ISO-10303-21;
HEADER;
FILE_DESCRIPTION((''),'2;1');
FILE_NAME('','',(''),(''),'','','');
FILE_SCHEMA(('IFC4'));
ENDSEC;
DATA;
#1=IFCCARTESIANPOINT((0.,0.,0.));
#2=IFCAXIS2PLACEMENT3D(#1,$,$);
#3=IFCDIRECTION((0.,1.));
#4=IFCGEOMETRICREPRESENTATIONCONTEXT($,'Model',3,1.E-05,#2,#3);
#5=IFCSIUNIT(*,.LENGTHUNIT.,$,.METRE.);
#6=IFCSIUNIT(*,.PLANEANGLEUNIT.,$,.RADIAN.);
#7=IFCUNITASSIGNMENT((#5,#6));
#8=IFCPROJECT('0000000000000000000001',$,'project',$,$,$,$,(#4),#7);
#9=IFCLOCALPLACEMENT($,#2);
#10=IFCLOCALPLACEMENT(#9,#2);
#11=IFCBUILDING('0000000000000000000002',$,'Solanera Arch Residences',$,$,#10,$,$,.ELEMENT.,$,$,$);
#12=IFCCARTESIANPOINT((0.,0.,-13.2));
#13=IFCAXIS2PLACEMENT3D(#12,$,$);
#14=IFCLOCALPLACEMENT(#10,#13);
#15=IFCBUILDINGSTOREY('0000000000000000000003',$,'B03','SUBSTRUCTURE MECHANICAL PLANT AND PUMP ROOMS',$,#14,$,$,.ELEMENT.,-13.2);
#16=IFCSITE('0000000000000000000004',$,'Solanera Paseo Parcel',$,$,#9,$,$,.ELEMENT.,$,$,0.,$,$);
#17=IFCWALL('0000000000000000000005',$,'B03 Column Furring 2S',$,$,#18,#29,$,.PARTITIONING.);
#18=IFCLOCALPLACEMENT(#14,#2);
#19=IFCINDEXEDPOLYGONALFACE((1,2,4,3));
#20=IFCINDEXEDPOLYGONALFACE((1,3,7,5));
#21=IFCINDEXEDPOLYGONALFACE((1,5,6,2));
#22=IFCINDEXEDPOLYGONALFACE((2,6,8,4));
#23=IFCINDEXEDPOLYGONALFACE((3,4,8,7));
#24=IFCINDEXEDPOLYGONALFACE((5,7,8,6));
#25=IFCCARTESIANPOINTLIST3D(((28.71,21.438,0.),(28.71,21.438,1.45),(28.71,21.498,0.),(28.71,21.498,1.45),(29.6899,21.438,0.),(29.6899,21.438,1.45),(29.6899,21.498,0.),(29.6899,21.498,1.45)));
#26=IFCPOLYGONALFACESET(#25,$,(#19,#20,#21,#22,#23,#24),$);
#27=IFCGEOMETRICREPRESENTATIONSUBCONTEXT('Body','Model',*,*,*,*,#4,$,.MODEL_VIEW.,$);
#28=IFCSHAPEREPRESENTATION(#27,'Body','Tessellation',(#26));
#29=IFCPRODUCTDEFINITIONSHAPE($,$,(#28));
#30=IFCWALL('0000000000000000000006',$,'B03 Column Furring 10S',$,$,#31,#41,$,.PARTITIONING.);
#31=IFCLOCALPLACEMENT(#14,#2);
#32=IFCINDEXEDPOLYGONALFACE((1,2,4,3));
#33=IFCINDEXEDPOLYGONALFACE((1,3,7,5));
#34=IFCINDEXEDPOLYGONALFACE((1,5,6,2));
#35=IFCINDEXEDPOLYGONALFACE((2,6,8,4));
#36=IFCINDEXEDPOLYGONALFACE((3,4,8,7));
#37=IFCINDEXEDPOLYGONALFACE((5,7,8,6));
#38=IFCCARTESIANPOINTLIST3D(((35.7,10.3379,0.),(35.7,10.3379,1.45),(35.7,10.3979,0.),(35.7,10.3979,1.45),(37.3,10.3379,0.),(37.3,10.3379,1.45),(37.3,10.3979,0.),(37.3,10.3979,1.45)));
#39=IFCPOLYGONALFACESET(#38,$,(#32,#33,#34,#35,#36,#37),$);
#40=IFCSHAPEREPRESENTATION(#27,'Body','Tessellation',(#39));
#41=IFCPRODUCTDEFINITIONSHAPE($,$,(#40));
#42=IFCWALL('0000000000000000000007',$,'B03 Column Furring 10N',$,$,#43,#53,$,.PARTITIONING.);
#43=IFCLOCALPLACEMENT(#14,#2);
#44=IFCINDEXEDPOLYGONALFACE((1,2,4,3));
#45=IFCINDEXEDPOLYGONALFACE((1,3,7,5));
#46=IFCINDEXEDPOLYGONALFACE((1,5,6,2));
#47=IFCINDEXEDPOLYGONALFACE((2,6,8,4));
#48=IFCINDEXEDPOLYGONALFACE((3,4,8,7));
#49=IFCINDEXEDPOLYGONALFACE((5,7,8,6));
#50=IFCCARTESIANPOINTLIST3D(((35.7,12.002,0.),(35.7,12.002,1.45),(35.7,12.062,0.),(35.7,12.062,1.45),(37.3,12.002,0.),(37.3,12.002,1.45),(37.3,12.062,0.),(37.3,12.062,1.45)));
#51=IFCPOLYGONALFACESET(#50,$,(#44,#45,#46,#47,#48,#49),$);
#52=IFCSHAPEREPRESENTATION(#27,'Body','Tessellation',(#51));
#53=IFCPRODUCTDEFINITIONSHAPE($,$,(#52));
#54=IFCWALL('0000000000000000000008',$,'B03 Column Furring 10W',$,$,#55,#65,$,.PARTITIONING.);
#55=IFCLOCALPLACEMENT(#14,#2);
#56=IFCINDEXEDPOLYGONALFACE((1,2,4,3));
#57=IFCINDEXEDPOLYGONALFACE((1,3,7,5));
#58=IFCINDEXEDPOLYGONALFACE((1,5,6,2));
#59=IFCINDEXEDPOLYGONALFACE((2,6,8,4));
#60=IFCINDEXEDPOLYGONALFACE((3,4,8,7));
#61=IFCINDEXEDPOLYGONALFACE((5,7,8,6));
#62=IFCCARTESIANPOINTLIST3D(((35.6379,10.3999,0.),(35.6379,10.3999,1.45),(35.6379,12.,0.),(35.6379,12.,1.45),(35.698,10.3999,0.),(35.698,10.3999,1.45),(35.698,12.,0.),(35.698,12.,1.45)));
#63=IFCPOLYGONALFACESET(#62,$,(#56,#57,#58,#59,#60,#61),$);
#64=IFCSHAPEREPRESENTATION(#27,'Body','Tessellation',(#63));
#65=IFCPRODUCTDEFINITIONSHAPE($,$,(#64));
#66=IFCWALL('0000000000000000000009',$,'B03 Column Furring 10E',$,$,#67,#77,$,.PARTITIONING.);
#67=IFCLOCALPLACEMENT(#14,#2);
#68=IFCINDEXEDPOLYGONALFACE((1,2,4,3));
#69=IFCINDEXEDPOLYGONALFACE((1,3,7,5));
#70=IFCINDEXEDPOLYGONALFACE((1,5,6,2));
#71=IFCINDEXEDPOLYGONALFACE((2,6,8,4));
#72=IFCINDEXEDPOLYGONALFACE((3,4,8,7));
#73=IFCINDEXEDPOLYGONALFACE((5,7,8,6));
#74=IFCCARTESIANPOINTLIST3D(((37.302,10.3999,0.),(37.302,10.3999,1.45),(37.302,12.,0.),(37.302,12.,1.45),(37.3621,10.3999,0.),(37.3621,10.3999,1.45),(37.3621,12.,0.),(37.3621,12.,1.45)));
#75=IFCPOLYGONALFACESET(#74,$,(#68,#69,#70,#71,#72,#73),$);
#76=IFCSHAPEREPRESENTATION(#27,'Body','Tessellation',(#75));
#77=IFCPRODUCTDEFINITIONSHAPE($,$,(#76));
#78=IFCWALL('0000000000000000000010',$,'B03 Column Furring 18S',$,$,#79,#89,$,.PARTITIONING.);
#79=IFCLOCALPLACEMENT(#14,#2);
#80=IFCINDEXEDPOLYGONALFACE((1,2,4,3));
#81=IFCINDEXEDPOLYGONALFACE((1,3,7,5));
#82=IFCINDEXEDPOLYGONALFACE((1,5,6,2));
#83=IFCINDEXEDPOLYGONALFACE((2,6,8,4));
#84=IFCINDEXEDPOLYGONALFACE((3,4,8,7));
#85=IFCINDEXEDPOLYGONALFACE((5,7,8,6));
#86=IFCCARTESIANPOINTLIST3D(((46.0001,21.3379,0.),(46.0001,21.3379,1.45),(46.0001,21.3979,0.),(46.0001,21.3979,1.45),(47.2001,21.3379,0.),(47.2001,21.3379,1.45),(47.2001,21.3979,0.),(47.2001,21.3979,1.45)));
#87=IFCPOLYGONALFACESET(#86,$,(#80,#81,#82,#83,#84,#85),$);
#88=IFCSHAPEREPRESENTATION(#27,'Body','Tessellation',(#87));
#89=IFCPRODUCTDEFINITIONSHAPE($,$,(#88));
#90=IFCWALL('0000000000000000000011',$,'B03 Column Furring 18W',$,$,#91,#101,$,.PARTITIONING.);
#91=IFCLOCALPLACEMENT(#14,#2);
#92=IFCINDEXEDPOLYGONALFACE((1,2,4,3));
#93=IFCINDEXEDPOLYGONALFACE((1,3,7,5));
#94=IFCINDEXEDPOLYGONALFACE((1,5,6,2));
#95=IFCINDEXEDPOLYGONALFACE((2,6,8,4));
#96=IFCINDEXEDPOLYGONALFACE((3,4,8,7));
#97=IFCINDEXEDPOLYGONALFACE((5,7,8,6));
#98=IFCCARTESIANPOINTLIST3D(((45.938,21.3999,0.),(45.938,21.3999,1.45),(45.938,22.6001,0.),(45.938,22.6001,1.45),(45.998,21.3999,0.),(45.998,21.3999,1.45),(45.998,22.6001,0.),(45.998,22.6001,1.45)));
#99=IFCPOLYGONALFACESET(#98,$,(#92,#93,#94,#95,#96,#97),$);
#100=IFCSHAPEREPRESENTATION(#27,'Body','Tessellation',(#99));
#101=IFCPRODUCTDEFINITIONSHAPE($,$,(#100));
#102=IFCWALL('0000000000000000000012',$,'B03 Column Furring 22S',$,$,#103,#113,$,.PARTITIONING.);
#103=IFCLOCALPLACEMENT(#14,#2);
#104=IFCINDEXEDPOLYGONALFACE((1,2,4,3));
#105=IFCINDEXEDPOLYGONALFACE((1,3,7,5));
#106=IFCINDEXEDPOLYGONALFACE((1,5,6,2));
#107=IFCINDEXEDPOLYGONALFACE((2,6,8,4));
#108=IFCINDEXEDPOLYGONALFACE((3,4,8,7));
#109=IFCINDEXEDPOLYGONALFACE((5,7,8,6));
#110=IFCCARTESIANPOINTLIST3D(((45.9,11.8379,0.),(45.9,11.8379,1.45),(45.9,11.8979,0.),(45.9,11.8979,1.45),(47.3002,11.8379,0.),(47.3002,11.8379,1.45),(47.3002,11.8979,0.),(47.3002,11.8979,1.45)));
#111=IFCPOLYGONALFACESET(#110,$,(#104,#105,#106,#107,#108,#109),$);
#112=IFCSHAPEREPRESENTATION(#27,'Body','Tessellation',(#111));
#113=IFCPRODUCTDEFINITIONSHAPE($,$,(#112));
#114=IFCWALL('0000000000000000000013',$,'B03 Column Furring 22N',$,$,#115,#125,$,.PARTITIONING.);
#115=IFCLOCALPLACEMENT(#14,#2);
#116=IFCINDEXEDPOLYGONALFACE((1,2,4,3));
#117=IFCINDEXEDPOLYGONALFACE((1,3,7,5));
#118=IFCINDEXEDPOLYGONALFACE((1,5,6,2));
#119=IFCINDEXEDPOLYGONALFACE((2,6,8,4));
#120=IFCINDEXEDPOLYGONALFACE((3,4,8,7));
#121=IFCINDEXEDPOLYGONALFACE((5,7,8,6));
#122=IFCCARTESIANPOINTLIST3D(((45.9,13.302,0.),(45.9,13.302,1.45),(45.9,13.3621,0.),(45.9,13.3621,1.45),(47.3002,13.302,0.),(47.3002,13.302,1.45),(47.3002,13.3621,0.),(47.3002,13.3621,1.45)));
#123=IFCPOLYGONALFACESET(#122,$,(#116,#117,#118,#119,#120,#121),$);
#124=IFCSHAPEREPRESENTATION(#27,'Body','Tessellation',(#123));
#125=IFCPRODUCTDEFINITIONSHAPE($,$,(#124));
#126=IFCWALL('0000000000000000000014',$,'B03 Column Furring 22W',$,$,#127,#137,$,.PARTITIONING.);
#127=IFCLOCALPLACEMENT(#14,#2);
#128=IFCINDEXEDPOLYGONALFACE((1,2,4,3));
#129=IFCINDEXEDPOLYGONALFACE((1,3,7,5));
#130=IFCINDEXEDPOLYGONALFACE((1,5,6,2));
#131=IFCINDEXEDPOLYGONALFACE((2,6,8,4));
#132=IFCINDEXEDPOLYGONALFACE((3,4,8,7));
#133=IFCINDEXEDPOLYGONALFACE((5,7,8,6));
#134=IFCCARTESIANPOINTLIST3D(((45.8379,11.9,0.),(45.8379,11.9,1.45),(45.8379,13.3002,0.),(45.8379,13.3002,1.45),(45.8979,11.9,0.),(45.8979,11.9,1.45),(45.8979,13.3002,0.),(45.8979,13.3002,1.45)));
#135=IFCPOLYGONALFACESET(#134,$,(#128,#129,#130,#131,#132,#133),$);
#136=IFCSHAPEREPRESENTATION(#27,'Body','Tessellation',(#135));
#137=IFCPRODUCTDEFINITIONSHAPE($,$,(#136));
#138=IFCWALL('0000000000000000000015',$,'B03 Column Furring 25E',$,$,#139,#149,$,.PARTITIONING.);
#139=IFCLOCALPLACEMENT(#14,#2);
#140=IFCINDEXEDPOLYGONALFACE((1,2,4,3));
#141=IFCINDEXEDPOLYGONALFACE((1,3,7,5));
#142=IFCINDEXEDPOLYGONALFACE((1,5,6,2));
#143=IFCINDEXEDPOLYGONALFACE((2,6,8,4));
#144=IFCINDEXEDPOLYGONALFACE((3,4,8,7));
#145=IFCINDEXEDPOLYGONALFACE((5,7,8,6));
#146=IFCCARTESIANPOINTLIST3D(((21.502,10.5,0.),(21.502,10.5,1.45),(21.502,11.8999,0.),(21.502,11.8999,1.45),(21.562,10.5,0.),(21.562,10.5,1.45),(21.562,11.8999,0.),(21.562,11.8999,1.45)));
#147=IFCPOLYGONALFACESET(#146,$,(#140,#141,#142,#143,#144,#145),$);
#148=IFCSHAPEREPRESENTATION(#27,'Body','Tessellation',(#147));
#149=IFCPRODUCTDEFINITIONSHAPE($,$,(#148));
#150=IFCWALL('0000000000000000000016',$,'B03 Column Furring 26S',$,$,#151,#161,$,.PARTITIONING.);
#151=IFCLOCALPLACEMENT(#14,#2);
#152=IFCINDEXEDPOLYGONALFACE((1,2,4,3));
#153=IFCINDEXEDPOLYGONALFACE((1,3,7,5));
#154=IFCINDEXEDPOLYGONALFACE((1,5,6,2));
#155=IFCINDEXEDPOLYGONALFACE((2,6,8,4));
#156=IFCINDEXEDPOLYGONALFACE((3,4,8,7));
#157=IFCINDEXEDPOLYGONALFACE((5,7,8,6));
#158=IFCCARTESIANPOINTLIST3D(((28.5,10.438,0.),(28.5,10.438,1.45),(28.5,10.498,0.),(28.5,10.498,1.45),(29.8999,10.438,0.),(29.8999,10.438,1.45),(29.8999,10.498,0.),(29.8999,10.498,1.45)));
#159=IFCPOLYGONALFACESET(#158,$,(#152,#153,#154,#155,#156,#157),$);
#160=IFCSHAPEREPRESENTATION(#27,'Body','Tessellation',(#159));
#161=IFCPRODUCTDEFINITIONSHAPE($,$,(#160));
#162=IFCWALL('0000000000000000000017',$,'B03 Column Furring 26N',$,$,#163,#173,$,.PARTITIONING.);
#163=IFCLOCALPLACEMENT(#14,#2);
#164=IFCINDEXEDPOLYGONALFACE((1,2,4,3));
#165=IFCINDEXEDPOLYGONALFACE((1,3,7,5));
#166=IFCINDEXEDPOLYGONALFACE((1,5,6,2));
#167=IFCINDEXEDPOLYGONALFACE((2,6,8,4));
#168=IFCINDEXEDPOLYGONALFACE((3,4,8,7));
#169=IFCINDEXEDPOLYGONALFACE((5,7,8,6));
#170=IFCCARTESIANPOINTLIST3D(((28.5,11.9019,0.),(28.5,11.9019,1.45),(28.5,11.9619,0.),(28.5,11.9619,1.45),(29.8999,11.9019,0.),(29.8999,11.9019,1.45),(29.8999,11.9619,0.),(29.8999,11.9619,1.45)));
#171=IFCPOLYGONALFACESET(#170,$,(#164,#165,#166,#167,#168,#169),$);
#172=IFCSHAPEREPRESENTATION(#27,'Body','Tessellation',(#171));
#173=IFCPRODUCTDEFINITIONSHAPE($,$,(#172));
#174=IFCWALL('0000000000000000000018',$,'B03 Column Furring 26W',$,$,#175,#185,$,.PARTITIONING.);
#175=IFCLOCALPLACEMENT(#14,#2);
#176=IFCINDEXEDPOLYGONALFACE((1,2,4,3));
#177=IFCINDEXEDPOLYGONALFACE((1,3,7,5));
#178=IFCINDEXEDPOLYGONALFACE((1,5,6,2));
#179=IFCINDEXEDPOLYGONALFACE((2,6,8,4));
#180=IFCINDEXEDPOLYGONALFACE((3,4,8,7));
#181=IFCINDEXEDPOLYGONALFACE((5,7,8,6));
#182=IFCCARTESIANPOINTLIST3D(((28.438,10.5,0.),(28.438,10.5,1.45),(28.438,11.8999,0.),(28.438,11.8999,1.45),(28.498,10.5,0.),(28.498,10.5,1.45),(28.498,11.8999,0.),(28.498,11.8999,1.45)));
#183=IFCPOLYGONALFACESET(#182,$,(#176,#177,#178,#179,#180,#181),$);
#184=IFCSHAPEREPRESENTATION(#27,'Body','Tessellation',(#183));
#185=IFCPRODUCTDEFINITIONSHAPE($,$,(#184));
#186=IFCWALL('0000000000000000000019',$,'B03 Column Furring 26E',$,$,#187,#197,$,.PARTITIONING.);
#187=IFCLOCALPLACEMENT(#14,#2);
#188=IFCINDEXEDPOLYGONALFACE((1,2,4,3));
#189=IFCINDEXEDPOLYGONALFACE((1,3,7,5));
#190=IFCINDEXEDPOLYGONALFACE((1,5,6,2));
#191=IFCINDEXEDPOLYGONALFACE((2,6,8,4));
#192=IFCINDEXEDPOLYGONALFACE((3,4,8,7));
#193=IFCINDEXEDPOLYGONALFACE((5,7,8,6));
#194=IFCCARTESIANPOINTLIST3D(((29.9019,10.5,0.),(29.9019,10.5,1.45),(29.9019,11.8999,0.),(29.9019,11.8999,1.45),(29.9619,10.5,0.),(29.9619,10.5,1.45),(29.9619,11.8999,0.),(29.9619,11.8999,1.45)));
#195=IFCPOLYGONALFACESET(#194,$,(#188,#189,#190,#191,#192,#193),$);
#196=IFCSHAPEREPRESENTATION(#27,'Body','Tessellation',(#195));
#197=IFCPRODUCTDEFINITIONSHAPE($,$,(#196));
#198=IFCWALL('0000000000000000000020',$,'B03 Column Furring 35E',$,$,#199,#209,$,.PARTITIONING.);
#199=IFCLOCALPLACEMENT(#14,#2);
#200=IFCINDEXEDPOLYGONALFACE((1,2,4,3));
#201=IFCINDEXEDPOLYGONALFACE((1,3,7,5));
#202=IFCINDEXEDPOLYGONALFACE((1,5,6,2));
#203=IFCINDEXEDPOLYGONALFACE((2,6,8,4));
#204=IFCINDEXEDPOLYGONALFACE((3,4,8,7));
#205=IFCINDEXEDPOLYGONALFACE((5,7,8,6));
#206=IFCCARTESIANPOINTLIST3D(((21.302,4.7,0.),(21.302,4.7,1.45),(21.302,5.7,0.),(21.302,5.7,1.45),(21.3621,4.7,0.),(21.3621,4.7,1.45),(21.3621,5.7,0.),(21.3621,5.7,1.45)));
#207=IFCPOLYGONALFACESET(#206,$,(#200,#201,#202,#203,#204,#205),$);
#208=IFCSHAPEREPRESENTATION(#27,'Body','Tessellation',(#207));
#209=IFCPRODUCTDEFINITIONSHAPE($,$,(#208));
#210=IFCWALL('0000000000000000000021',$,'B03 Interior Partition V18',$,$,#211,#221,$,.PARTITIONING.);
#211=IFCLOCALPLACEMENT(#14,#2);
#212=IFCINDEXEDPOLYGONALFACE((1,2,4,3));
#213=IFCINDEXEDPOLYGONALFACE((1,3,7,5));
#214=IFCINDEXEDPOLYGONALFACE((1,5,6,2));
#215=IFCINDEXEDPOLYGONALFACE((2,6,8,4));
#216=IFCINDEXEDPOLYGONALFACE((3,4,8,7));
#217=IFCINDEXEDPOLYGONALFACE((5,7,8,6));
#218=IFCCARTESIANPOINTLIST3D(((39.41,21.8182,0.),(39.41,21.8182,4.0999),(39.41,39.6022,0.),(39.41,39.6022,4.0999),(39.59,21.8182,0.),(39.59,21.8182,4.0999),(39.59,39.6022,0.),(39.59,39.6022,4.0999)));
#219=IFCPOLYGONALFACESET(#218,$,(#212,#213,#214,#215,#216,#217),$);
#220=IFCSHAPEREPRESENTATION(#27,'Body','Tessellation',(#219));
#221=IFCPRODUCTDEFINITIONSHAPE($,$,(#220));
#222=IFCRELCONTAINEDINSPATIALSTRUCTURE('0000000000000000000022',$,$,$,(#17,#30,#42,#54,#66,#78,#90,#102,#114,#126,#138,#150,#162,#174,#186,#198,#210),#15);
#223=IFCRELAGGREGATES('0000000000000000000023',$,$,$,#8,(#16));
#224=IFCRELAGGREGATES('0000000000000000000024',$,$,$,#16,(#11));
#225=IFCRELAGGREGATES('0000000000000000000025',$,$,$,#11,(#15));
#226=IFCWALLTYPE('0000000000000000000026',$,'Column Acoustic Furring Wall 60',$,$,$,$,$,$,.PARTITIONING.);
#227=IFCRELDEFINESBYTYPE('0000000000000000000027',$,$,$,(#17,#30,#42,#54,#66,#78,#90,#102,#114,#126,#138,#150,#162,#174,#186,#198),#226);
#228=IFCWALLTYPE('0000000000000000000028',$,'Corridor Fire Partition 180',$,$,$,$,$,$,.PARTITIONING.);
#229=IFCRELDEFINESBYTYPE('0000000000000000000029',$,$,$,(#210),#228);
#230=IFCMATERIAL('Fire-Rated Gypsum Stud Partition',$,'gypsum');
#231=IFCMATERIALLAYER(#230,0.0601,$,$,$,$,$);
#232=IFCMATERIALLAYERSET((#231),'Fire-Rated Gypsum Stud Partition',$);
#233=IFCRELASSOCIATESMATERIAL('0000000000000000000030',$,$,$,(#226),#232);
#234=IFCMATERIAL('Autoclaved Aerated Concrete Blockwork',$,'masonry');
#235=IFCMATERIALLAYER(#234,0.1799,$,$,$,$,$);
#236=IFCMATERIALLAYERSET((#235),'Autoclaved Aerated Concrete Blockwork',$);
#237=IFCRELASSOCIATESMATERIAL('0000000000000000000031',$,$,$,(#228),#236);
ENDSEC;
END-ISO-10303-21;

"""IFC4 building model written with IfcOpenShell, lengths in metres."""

from ifc_helpers import new_model, si_unit, direction, frame, frame_2d, origin, place, context, subcontext, project, spatial, rectangle, extrude, material, layer, layer_set, type_object, element, save


model = new_model("IFC4")

# Units and contexts
model_context = context("Model", 3, precision=1e-05, world=origin(), true_north=direction((0.0, 1.0)))
body_context = subcontext(model_context, "Body", "Model", "MODEL_VIEW")
ifc_project = project(units=[si_unit("LENGTHUNIT", "METRE"), si_unit("PLANEANGLEUNIT", "RADIAN")], contexts=[model_context])

# Site, building, storey
site_placement = place(None, origin())
site = spatial("IfcSite", under=ifc_project, at=site_placement, Name="Solanera Paseo Parcel", CompositionType="ELEMENT", RefElevation=0.0)
building_placement = place(site_placement, origin())
building = spatial("IfcBuilding", under=site, at=building_placement, Name="Solanera Arch Residences", CompositionType="ELEMENT")
storey_placement = place(building_placement, frame((0.0, 0.0, -13.2)))
storey = spatial("IfcBuildingStorey", under=building, at=storey_placement, Name="B03", Description="SUBSTRUCTURE MECHANICAL PLANT AND PUMP ROOMS", CompositionType="ELEMENT", Elevation=-13.2)

# Walls
ifc_material_1 = material(Name="Fire-Rated Gypsum Stud Partition", Category="gypsum")
ifc_layer_1 = layer(ifc_material_1, 0.0601)
ifc_layer_set_1 = layer_set([ifc_layer_1], Name="Fire-Rated Gypsum Stud Partition")
wall_type_1 = type_object("IfcWallType", Name="Column Acoustic Furring Wall 60", PredefinedType="PARTITIONING", material=ifc_layer_set_1)
wall_1_placement = place(storey_placement, frame((28.71, 21.468, 0.0), z_axis=(0.0, 0.0, 1.0), x_axis=(1.0, 0.0, 0.0)))
element("IfcWall", 1, at=wall_1_placement, inside=storey, type_object=wall_type_1, Name="B03 Column Furring 2S", PredefinedType="PARTITIONING", context=body_context, shape_type="SweptSolid", body=[
    extrude(rectangle(XDim=0.98, YDim=0.0601, at=frame_2d((0.49, 0.0))), origin(), (0.0, 0.0, 1.0), 1.45),
])
for number, where, z_axis, x_axis, name in (
    (2, (35.7, 10.3679, 0.0), (0.0, 0.0, 1.0), (1.0, 0.0, 0.0), "B03 Column Furring 10S"),
    (3, (35.7, 12.032, 0.0), (0.0, 0.0, 1.0), (1.0, 0.0, 0.0), "B03 Column Furring 10N"),
    (4, (35.668, 10.3999, 0.0), (0.0, 0.0, 1.0), (0.0, 1.0, 0.0), "B03 Column Furring 10W"),
    (5, (37.332, 10.3999, 0.0), (0.0, 0.0, 1.0), (0.0, 1.0, 0.0), "B03 Column Furring 10E"),
):
    element("IfcWall", number, at=place(storey_placement, frame(where, z_axis=z_axis, x_axis=x_axis)), inside=storey, type_object=wall_type_1, Name=name, PredefinedType="PARTITIONING", context=body_context, shape_type="SweptSolid", body=[
        extrude(rectangle(XDim=1.6001, YDim=0.0601, at=frame_2d((0.8, 0.0))), origin(), (0.0, 0.0, 1.0), 1.45),
    ])
wall_2_placement = place(storey_placement, frame((46.0, 21.3679, 0.0), z_axis=(0.0, 0.0, 1.0), x_axis=(1.0, 0.0, 0.0)))
element("IfcWall", 6, at=wall_2_placement, inside=storey, type_object=wall_type_1, Name="B03 Column Furring 18S", PredefinedType="PARTITIONING", context=body_context, shape_type="SweptSolid", body=[
    extrude(rectangle(XDim=1.2, YDim=0.0601, at=frame_2d((0.6001, 0.0))), origin(), (0.0, 0.0, 1.0), 1.45),
])
wall_3_placement = place(storey_placement, frame((45.968, 21.3999, 0.0), z_axis=(0.0, 0.0, 1.0), x_axis=(0.0, 1.0, 0.0)))
element("IfcWall", 7, at=wall_3_placement, inside=storey, type_object=wall_type_1, Name="B03 Column Furring 18W", PredefinedType="PARTITIONING", context=body_context, shape_type="SweptSolid", body=[
    extrude(rectangle(XDim=1.2002, YDim=0.0601, at=frame_2d((0.6001, 0.0))), origin(), (0.0, 0.0, 1.0), 1.45),
])
for number, where, z_axis, x_axis, name in (
    (8, (45.8999, 11.8679, 0.0), (0.0, 0.0, 1.0), (1.0, 0.0, 0.0), "B03 Column Furring 22S"),
    (9, (45.8999, 13.332, 0.0), (0.0, 0.0, 1.0), (1.0, 0.0, 0.0), "B03 Column Furring 22N"),
    (10, (45.8679, 11.8999, 0.0), (0.0, 0.0, 1.0), (0.0, 1.0, 0.0), "B03 Column Furring 22W"),
):
    element("IfcWall", number, at=place(storey_placement, frame(where, z_axis=z_axis, x_axis=x_axis)), inside=storey, type_object=wall_type_1, Name=name, PredefinedType="PARTITIONING", context=body_context, shape_type="SweptSolid", body=[
        extrude(rectangle(XDim=1.4001, YDim=0.0601, at=frame_2d((0.7002, 0.0))), origin(), (0.0, 0.0, 1.0), 1.45),
    ])
for number, where, z_axis, x_axis, name in (
    (11, (21.532, 10.5, 0.0), (0.0, 0.0, 1.0), (0.0, 1.0, 0.0), "B03 Column Furring 25E"),
    (12, (28.5, 10.468, 0.0), (0.0, 0.0, 1.0), (1.0, 0.0, 0.0), "B03 Column Furring 26S"),
    (13, (28.5, 11.9319, 0.0), (0.0, 0.0, 1.0), (1.0, 0.0, 0.0), "B03 Column Furring 26N"),
    (14, (28.468, 10.5, 0.0), (0.0, 0.0, 1.0), (0.0, 1.0, 0.0), "B03 Column Furring 26W"),
    (15, (29.9319, 10.5, 0.0), (0.0, 0.0, 1.0), (0.0, 1.0, 0.0), "B03 Column Furring 26E"),
):
    element("IfcWall", number, at=place(storey_placement, frame(where, z_axis=z_axis, x_axis=x_axis)), inside=storey, type_object=wall_type_1, Name=name, PredefinedType="PARTITIONING", context=body_context, shape_type="SweptSolid", body=[
        extrude(rectangle(XDim=1.3999, YDim=0.0601, at=frame_2d((0.7, 0.0))), origin(), (0.0, 0.0, 1.0), 1.45),
    ])
wall_4_placement = place(storey_placement, frame((21.332, 4.7, 0.0), z_axis=(0.0, 0.0, 1.0), x_axis=(0.0, 1.0, 0.0)))
element("IfcWall", 16, at=wall_4_placement, inside=storey, type_object=wall_type_1, Name="B03 Column Furring 35E", PredefinedType="PARTITIONING", context=body_context, shape_type="SweptSolid", body=[
    extrude(rectangle(XDim=1.0, YDim=0.0601, at=frame_2d((0.5, 0.0))), origin(), (0.0, 0.0, 1.0), 1.45),
])
ifc_material_2 = material(Name="Autoclaved Aerated Concrete Blockwork", Category="masonry")
ifc_layer_2 = layer(ifc_material_2, 0.1799)
ifc_layer_set_2 = layer_set([ifc_layer_2], Name="Autoclaved Aerated Concrete Blockwork")
wall_type_2 = type_object("IfcWallType", Name="Corridor Fire Partition 180", PredefinedType="PARTITIONING", material=ifc_layer_set_2)
wall_5_placement = place(storey_placement, frame((39.5, 21.8181, 0.0), z_axis=(0.0, 0.0, 1.0), x_axis=(0.0, 1.0, 0.0)))
element("IfcWall", 17, at=wall_5_placement, inside=storey, type_object=wall_type_2, Name="B03 Interior Partition V18", PredefinedType="PARTITIONING", context=body_context, shape_type="SweptSolid", body=[
    extrude(rectangle(XDim=17.7839, YDim=0.1799, at=frame_2d((8.8921, 0.0))), origin(), (0.0, 0.0, 1.0), 4.0999),
])

save(model, "model.ifc")
